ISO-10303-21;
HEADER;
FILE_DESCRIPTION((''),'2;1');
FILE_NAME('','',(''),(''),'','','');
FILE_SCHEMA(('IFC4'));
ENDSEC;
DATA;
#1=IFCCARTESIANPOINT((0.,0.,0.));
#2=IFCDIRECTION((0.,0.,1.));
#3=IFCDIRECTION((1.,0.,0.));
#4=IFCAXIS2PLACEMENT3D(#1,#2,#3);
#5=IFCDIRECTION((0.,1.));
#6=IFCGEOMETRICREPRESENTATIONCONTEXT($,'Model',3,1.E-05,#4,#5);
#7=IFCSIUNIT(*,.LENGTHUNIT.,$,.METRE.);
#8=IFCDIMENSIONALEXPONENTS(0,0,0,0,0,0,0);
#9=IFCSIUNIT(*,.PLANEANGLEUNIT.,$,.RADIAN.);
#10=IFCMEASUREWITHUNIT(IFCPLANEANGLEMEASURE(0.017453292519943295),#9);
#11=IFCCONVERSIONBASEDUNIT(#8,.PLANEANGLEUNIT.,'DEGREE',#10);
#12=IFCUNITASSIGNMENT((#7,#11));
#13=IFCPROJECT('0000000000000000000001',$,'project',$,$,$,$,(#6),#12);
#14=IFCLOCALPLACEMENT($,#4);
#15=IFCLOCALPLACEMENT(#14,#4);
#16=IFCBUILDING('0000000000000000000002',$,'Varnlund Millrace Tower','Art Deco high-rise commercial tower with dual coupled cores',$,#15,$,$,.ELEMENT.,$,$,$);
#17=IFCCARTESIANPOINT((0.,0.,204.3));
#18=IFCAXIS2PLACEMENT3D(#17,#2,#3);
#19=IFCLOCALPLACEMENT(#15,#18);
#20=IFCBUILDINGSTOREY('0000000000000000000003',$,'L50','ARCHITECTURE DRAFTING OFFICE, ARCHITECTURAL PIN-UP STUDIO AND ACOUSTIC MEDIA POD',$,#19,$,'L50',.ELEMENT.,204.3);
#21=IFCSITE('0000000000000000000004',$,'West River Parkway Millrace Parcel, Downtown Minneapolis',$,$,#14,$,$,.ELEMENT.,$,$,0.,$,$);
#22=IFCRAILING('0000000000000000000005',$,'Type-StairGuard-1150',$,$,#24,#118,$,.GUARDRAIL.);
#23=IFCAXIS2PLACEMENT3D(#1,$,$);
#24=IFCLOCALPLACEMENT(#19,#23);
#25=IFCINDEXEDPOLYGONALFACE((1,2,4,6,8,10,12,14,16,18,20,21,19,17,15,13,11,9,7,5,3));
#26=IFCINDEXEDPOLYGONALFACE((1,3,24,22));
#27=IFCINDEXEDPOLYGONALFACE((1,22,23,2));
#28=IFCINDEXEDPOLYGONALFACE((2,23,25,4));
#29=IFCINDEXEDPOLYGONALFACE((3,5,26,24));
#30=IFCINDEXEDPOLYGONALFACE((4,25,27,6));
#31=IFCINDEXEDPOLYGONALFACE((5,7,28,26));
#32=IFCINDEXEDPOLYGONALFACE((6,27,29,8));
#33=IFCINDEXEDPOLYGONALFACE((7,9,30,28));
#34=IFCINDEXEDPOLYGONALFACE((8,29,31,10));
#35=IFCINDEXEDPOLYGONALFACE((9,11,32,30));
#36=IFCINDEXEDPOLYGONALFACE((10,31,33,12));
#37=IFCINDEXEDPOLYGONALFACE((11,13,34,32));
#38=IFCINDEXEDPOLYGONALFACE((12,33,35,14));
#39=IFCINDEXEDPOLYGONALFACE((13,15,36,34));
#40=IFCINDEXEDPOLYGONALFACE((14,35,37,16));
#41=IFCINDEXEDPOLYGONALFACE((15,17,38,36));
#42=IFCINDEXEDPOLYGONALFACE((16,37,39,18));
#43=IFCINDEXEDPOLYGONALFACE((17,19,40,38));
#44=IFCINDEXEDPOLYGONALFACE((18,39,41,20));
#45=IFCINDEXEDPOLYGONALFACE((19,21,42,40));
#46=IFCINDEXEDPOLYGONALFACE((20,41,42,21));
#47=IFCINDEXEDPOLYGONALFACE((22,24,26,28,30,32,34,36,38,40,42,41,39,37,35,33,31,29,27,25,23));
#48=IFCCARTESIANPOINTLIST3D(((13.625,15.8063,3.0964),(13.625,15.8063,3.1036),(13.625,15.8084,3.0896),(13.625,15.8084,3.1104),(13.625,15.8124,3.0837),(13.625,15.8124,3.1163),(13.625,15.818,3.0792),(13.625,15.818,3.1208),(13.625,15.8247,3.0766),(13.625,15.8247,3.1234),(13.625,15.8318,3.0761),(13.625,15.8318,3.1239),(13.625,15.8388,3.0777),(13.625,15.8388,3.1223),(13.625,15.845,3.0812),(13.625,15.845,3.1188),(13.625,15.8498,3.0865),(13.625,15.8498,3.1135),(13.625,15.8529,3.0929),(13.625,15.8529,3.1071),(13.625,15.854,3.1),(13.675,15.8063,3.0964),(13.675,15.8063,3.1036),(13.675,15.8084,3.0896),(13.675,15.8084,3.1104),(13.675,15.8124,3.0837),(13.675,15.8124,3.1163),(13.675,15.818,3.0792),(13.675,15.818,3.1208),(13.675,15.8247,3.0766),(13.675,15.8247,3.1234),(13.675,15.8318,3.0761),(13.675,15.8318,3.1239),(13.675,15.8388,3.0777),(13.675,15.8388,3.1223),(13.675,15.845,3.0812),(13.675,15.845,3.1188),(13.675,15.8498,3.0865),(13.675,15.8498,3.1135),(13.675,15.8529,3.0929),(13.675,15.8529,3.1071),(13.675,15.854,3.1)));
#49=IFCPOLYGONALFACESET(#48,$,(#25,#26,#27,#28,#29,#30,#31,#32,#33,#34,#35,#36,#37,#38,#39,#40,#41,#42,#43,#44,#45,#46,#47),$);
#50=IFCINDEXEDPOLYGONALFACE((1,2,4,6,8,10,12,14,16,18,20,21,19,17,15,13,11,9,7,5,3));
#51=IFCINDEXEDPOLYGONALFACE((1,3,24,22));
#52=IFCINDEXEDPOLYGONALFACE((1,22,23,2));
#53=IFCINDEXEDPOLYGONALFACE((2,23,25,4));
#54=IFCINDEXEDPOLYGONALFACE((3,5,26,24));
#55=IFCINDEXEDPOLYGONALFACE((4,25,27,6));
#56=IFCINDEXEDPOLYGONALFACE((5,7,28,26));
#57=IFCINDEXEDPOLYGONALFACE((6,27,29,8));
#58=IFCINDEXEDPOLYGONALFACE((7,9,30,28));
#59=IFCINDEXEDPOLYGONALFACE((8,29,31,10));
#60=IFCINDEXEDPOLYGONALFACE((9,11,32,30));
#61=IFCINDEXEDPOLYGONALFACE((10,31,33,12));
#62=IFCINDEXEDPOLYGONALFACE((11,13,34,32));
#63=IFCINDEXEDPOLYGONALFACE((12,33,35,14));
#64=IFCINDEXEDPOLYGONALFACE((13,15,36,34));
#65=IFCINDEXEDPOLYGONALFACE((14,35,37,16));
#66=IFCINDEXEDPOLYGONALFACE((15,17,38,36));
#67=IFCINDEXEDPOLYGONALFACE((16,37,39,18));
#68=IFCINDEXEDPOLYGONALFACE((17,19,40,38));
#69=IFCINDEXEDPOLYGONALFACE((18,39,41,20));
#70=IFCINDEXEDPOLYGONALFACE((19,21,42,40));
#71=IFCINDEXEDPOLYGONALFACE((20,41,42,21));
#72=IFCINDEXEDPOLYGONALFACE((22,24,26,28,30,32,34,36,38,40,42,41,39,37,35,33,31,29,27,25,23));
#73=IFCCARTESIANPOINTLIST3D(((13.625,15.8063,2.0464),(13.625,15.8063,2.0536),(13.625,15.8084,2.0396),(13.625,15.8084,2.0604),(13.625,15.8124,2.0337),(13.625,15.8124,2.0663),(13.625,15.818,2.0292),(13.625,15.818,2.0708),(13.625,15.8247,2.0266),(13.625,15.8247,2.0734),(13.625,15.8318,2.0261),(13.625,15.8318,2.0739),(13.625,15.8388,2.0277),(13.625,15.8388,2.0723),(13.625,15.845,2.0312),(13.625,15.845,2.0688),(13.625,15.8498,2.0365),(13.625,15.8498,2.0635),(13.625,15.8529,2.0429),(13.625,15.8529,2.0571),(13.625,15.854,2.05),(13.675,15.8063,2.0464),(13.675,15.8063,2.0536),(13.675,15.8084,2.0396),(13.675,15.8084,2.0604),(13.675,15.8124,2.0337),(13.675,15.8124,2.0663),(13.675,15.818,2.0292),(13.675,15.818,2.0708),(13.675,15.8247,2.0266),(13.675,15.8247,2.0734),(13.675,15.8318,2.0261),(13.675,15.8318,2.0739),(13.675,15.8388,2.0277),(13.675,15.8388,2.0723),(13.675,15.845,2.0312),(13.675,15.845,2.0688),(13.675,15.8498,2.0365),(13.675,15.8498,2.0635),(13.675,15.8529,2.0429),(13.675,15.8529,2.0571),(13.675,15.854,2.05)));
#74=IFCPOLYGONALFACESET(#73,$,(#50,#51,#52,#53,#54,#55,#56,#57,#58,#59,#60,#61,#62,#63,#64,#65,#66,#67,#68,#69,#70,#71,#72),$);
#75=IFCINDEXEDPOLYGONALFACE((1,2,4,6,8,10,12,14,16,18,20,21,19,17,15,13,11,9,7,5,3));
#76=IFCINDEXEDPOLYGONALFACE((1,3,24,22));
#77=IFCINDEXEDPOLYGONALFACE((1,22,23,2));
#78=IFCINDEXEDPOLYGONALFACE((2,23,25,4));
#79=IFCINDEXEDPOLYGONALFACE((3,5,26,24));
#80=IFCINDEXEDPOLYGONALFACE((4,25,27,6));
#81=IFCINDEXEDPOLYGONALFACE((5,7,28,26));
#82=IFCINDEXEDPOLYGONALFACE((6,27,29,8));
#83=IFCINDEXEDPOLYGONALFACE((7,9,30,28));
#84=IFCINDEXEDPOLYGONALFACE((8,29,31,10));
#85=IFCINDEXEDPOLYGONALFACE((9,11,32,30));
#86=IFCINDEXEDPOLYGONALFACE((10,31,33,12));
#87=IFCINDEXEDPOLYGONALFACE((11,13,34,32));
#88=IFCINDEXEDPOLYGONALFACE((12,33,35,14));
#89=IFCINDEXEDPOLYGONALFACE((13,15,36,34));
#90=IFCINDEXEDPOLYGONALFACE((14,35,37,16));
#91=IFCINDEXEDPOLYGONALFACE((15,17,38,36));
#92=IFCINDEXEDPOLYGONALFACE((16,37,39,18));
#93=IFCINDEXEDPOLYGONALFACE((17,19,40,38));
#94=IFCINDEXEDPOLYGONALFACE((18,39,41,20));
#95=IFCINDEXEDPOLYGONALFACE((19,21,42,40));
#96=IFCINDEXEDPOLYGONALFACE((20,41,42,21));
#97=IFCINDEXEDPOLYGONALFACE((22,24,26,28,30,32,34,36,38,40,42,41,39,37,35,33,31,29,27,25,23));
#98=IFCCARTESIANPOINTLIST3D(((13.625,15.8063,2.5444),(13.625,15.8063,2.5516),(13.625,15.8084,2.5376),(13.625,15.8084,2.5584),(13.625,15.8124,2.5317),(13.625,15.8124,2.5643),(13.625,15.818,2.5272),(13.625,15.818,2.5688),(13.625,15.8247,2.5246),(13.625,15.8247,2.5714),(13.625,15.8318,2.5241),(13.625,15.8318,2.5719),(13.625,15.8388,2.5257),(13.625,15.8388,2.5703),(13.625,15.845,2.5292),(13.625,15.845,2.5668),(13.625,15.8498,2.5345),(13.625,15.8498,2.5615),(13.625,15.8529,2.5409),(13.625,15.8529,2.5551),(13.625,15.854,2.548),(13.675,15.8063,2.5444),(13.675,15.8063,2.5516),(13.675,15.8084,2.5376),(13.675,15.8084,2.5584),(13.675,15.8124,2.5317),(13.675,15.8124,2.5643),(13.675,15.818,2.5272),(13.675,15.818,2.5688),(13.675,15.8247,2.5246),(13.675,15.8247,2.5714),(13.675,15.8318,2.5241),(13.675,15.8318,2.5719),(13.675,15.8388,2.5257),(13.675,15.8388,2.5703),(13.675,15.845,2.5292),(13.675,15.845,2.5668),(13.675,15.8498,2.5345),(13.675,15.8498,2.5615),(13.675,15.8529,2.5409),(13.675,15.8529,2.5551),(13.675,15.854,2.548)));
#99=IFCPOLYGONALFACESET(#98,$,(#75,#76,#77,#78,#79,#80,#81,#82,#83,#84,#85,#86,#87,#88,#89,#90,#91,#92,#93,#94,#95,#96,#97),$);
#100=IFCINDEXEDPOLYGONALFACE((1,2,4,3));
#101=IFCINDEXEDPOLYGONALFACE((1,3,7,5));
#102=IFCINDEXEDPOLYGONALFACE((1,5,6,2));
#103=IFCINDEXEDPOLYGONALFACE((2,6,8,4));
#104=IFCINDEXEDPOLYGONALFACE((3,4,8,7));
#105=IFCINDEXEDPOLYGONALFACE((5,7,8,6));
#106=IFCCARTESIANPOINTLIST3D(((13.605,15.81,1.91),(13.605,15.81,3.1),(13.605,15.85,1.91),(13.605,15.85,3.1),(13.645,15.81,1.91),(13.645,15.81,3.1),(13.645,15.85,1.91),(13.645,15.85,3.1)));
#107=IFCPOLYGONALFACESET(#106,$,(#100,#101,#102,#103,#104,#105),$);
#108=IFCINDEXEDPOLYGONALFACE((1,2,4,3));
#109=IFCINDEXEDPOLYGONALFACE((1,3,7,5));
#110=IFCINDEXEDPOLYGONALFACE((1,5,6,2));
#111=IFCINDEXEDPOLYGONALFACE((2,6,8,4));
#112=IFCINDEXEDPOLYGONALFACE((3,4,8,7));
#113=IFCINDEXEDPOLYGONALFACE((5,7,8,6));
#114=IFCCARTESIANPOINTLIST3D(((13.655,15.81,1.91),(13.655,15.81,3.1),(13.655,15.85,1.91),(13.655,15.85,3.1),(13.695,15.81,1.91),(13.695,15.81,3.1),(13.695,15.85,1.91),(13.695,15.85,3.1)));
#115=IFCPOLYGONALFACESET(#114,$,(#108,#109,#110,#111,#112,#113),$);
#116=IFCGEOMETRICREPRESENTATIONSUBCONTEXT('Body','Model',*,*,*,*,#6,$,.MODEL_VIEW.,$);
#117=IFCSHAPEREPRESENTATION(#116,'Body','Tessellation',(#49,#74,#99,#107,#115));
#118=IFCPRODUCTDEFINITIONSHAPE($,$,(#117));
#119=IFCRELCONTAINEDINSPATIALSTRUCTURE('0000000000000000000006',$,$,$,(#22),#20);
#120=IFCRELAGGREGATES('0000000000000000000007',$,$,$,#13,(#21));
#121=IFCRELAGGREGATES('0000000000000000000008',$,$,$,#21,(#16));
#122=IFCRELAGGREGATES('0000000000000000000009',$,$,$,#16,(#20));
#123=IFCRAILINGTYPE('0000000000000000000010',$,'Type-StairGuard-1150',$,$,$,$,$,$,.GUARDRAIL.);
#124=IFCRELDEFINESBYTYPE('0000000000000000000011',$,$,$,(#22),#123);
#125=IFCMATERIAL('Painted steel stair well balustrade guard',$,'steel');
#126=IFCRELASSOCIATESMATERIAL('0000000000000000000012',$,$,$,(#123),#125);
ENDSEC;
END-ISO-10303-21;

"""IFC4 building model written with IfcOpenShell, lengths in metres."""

from ifc_helpers import new_model, entity, si_unit, converted_unit, direction, frame, origin_with_axes, origin_2d_with_axis, place, context, subcontext, project, spatial, rectangle, circle, extrude, material, type_object, element, save


model = new_model("IFC4")

# Units and contexts
model_context = context("Model", 3, precision=1e-05, world=origin_with_axes(), true_north=direction((0.0, 1.0)))
body_context = subcontext(model_context, "Body", "Model", "MODEL_VIEW")
ifc_project = project(units=[si_unit("LENGTHUNIT", "METRE"), converted_unit("PLANEANGLEUNIT", "DEGREE", entity("IfcPlaneAngleMeasure", 0.017453292519943295), si_unit("PLANEANGLEUNIT", "RADIAN"), dimensions=[0, 0, 0, 0, 0, 0, 0])], contexts=[model_context])

# Site, building, storey
site_placement = place(None, origin_with_axes())
site = spatial("IfcSite", under=ifc_project, at=site_placement, Name="West River Parkway Millrace Parcel, Downtown Minneapolis", CompositionType="ELEMENT", RefElevation=0.0)
building_placement = place(site_placement, origin_with_axes())
building = spatial("IfcBuilding", under=site, at=building_placement, Name="Varnlund Millrace Tower", Description="Art Deco high-rise commercial tower with dual coupled cores", CompositionType="ELEMENT")
storey_placement = place(building_placement, frame((0.0, 0.0, 204.3), z_axis=(0.0, 0.0, 1.0), x_axis=(1.0, 0.0, 0.0)))
storey = spatial("IfcBuildingStorey", under=building, at=storey_placement, Name="L50", Description="ARCHITECTURE DRAFTING OFFICE, ARCHITECTURAL PIN-UP STUDIO AND ACOUSTIC MEDIA POD", LongName="L50", CompositionType="ELEMENT", Elevation=204.3)

# Railing
ifc_material_1 = material(Name="Painted steel stair well balustrade guard", Category="steel")
railing_type_1 = type_object("IfcRailingType", Name="Type-StairGuard-1150", PredefinedType="GUARDRAIL", material=ifc_material_1)
railing_1_placement = place(storey_placement, frame((0.0, 0.0, -204.3), z_axis=(0.0, 0.0, 1.0), x_axis=(1.0, 0.0, 0.0)))
element("IfcRailing", 1, at=railing_1_placement, inside=storey, type_object=railing_type_1, Name="Type-StairGuard-1150", PredefinedType="GUARDRAIL", context=body_context, shape_type="SweptSolid", body=[
    extrude(circle(Radius=0.024, at=origin_2d_with_axis()), frame((13.625, 15.83, 207.4), z_axis=(1.0, 0.0, 0.0), x_axis=(0.0, 1.0, 0.0)), (0.0, 0.0, 1.0), 0.05),
    extrude(circle(Radius=0.024, at=origin_2d_with_axis()), frame((13.625, 15.83, 206.35), z_axis=(1.0, 0.0, 0.0), x_axis=(0.0, 1.0, 0.0)), (0.0, 0.0, 1.0), 0.05),
    extrude(circle(Radius=0.024, at=origin_2d_with_axis()), frame((13.625, 15.83, 206.848), z_axis=(1.0, 0.0, 0.0), x_axis=(0.0, 1.0, 0.0)), (0.0, 0.0, 1.0), 0.05),
    extrude(rectangle(XDim=0.04, YDim=0.04, at=origin_2d_with_axis()), frame((13.625, 15.83, 206.21), z_axis=(0.0, 0.0, 1.0), x_axis=(1.0, 0.0, 0.0)), (0.0, 0.0, 1.0), 1.19),
    extrude(rectangle(XDim=0.04, YDim=0.04, at=origin_2d_with_axis()), frame((13.675, 15.83, 206.21), z_axis=(0.0, 0.0, 1.0), x_axis=(1.0, 0.0, 0.0)), (0.0, 0.0, 1.0), 1.19),
])

save(model, "model.ifc")
